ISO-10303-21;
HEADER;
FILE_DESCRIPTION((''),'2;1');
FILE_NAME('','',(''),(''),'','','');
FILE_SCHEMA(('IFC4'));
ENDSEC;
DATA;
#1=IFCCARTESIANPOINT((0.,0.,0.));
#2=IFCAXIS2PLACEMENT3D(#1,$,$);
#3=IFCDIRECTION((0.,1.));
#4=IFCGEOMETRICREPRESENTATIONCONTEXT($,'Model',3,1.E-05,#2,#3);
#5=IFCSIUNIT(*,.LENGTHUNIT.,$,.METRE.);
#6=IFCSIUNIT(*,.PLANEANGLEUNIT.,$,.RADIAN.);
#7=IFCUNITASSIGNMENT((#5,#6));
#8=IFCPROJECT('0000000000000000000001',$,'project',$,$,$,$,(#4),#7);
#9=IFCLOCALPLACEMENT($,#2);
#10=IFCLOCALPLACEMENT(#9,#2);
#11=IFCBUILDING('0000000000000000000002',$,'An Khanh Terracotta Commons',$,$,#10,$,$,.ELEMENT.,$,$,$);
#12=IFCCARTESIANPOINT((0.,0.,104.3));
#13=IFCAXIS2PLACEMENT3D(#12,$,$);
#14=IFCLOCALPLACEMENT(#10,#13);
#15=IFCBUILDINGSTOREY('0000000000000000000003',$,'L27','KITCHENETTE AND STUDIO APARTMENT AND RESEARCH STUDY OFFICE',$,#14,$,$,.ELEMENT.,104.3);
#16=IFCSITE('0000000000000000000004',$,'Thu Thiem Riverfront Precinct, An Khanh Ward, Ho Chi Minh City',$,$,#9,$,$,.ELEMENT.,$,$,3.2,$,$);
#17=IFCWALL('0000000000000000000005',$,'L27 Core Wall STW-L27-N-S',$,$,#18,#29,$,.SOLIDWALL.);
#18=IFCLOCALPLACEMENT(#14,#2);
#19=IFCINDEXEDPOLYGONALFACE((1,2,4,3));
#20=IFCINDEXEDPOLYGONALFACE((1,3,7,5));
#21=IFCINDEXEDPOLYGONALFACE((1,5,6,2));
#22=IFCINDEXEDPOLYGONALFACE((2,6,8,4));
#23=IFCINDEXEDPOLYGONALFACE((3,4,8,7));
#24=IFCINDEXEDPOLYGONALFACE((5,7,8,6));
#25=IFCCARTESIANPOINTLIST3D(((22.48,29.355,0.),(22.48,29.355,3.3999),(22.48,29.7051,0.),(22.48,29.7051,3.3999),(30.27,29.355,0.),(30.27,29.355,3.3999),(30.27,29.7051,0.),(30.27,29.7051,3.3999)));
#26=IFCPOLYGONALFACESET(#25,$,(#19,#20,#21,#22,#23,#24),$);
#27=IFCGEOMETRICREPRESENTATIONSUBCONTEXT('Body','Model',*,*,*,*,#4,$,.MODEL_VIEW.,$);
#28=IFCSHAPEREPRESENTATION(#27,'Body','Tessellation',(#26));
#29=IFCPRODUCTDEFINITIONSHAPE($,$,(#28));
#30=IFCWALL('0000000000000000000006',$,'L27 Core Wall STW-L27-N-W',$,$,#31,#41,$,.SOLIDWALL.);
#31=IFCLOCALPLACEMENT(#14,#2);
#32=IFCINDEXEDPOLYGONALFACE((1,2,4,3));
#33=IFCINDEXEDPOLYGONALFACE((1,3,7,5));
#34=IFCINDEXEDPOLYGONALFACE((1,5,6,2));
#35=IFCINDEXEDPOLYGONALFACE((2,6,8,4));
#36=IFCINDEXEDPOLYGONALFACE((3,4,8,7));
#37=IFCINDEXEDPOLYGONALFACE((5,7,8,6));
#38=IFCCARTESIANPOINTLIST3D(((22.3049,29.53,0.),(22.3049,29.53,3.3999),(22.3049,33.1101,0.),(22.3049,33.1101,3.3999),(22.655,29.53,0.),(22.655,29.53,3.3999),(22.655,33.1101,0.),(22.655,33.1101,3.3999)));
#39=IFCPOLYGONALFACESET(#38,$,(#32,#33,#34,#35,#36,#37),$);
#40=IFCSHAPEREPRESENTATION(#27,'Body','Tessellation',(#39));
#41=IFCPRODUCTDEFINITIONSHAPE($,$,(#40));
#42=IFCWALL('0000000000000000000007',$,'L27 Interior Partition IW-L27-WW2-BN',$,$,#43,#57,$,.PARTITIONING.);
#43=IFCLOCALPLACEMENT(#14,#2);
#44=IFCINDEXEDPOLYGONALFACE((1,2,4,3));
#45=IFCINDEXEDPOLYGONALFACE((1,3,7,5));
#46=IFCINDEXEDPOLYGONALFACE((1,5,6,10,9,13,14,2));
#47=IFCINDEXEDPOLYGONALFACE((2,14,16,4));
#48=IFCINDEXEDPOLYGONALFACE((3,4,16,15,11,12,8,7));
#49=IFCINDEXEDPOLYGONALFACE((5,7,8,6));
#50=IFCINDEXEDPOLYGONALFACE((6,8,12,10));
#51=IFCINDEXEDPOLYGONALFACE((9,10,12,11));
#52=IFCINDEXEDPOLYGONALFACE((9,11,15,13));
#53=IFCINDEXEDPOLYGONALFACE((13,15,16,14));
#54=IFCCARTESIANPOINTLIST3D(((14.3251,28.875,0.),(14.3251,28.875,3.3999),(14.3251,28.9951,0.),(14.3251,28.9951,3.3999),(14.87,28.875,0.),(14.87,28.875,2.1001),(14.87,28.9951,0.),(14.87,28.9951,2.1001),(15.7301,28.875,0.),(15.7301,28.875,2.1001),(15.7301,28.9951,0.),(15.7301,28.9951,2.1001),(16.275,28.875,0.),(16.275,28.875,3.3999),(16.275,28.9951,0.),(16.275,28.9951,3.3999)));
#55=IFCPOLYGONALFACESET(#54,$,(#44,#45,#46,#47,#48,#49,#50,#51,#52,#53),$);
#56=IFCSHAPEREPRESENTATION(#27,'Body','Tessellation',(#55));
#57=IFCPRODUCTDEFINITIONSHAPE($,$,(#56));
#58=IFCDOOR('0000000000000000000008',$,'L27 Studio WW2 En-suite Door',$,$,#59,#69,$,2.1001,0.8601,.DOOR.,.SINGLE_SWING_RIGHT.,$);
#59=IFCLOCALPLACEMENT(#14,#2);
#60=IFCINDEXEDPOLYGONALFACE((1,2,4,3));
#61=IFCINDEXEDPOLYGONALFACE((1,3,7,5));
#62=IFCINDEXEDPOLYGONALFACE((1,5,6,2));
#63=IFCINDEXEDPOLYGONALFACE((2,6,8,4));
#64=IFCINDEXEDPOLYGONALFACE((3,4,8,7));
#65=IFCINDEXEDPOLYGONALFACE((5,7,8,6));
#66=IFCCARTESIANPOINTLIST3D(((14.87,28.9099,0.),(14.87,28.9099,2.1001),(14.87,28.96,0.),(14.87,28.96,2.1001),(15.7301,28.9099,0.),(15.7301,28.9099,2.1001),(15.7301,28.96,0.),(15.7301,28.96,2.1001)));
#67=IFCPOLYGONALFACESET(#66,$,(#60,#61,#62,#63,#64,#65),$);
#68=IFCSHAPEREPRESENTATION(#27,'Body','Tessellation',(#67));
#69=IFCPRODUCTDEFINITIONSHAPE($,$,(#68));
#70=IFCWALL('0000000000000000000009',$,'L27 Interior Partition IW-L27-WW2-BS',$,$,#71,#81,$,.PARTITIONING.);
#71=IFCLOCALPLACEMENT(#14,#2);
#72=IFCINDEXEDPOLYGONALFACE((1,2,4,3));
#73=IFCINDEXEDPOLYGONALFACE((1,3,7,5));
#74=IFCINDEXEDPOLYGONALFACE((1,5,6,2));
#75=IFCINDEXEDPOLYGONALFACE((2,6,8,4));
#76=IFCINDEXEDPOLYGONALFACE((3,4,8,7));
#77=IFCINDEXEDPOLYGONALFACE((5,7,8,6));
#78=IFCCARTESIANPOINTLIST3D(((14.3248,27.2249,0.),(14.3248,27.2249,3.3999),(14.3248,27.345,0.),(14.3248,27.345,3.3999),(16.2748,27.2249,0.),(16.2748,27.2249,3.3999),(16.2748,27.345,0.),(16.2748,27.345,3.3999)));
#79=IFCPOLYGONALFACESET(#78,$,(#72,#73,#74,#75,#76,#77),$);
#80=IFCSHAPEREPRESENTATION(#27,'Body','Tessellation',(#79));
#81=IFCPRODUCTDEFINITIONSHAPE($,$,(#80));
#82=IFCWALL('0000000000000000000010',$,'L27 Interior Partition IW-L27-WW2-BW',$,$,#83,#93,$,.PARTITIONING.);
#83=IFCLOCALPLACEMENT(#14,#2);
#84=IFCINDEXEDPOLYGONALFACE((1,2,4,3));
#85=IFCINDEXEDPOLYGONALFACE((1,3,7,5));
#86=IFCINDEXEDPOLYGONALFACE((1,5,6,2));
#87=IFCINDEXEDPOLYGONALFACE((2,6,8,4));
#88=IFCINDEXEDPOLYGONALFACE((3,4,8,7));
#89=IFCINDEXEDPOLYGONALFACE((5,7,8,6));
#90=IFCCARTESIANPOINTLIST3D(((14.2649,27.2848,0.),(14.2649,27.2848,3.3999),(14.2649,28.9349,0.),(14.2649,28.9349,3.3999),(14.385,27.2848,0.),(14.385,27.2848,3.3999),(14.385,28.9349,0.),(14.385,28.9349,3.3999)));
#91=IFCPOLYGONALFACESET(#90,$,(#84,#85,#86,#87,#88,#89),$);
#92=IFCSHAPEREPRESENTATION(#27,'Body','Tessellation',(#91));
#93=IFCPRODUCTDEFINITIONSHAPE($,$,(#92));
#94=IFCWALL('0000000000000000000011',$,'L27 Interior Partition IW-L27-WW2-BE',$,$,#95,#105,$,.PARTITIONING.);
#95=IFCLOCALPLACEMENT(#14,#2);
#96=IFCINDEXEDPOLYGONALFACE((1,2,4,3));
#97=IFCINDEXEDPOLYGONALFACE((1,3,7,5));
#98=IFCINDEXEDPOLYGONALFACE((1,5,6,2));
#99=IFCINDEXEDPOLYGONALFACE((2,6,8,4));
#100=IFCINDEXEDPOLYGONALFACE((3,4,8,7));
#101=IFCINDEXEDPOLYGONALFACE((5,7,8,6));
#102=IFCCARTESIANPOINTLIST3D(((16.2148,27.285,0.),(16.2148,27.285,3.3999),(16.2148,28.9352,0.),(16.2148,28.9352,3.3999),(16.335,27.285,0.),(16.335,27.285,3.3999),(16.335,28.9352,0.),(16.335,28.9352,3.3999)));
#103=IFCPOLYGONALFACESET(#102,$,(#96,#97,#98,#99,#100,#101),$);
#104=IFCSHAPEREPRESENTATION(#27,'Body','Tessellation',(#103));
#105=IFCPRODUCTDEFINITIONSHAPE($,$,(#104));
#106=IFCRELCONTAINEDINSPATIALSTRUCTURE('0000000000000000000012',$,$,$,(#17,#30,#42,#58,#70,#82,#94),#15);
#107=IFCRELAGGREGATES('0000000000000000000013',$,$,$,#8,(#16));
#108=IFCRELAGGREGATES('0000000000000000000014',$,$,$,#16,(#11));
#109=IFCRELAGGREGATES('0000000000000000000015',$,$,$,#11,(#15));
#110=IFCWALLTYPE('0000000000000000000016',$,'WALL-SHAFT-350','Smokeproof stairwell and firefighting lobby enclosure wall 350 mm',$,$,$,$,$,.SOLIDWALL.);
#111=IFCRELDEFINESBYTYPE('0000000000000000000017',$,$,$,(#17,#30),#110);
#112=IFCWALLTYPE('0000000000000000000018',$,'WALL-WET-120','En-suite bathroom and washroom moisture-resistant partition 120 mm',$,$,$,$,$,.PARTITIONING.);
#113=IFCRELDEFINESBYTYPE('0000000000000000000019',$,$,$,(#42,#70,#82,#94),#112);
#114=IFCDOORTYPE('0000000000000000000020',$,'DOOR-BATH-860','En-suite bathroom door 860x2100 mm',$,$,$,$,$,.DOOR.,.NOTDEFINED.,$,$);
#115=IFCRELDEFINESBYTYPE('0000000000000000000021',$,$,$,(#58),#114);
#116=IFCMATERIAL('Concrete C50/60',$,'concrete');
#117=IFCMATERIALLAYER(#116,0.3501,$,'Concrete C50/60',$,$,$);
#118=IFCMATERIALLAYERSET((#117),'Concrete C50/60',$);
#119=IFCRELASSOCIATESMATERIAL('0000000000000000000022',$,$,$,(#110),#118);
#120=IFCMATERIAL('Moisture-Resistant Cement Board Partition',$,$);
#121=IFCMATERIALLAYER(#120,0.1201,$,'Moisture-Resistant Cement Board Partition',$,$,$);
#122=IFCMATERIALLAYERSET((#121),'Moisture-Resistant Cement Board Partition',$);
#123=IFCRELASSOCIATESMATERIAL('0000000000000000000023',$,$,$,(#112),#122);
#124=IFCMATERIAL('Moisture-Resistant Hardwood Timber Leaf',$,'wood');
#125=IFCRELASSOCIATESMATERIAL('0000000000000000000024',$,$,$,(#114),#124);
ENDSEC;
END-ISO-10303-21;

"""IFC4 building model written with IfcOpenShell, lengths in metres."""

from ifc_helpers import new_model, si_unit, direction, frame, frame_2d, origin, place, context, subcontext, project, spatial, rectangle, extrude, material, layer, layer_set, type_object, element, fill, save


model = new_model("IFC4")

# Units and contexts
model_context = context("Model", 3, precision=1e-05, world=origin(), true_north=direction((0.0, 1.0)))
body_context = subcontext(model_context, "Body", "Model", "MODEL_VIEW")
ifc_project = project(units=[si_unit("LENGTHUNIT", "METRE"), si_unit("PLANEANGLEUNIT", "RADIAN")], contexts=[model_context])

# Site, building, storey
site_placement = place(None, origin())
site = spatial("IfcSite", under=ifc_project, at=site_placement, Name="Thu Thiem Riverfront Precinct, An Khanh Ward, Ho Chi Minh City", CompositionType="ELEMENT", RefElevation=3.2)
building_placement = place(site_placement, origin())
building = spatial("IfcBuilding", under=site, at=building_placement, Name="An Khanh Terracotta Commons", CompositionType="ELEMENT")
storey_placement = place(building_placement, frame((0.0, 0.0, 104.3)))
storey = spatial("IfcBuildingStorey", under=building, at=storey_placement, Name="L27", Description="KITCHENETTE AND STUDIO APARTMENT AND RESEARCH STUDY OFFICE", CompositionType="ELEMENT", Elevation=104.3)

# Walls
ifc_material_1 = material(Name="Concrete C50/60", Category="concrete")
ifc_layer_1 = layer(ifc_material_1, 0.3501, Name="Concrete C50/60")
ifc_layer_set_1 = layer_set([ifc_layer_1], Name="Concrete C50/60")
wall_type_1 = type_object("IfcWallType", Name="WALL-SHAFT-350", Description="Smokeproof stairwell and firefighting lobby enclosure wall 350 mm", PredefinedType="SOLIDWALL", material=ifc_layer_set_1)
wall_1_placement = place(storey_placement, frame((22.48, 29.53, 0.0), z_axis=(0.0, 0.0, 1.0), x_axis=(1.0, 0.0, 0.0)))
element("IfcWall", 1, at=wall_1_placement, inside=storey, type_object=wall_type_1, Name="L27 Core Wall STW-L27-N-S", PredefinedType="SOLIDWALL", context=body_context, shape_type="SweptSolid", body=[
    extrude(rectangle(XDim=7.79, YDim=0.3501, at=frame_2d((3.895, 0.0))), origin(), (0.0, 0.0, 1.0), 3.3999),
])
wall_2_placement = place(storey_placement, frame((22.48, 29.53, 0.0), z_axis=(0.0, 0.0, 1.0), x_axis=(0.0, 1.0, 0.0)))
element("IfcWall", 2, at=wall_2_placement, inside=storey, type_object=wall_type_1, Name="L27 Core Wall STW-L27-N-W", PredefinedType="SOLIDWALL", context=body_context, shape_type="SweptSolid", body=[
    extrude(rectangle(XDim=3.5801, YDim=0.3501, at=frame_2d((1.79, 0.0))), origin(), (0.0, 0.0, 1.0), 3.3999),
])

# Wall, opening, door
ifc_material_2 = material(Name="Moisture-Resistant Cement Board Partition")
ifc_layer_2 = layer(ifc_material_2, 0.1201, Name="Moisture-Resistant Cement Board Partition")
ifc_layer_set_2 = layer_set([ifc_layer_2], Name="Moisture-Resistant Cement Board Partition")
wall_type_2 = type_object("IfcWallType", Name="WALL-WET-120", Description="En-suite bathroom and washroom moisture-resistant partition 120 mm", PredefinedType="PARTITIONING", material=ifc_layer_set_2)
wall_3_placement = place(storey_placement, frame((14.325, 28.9351, 0.0), z_axis=(0.0, 0.0, 1.0), x_axis=(1.0, 0.0, 0.0)))
wall_3 = element("IfcWall", 3, at=wall_3_placement, inside=storey, type_object=wall_type_2, Name="L27 Interior Partition IW-L27-WW2-BN", PredefinedType="PARTITIONING", context=body_context, shape_type="SweptSolid", body=[
    extrude(rectangle(XDim=1.95, YDim=0.1201, at=frame_2d((0.9751, 0.0))), origin(), (0.0, 0.0, 1.0), 3.3999),
])
opening_1_placement = place(wall_3_placement, frame((0.5449, 0.0, 0.0)))
opening_1 = element("IfcOpeningElement", 4, at=opening_1_placement, cuts=wall_3, PredefinedType="OPENING", context=body_context, shape_type="SweptSolid", body=[
    extrude(rectangle(XDim=0.8601, YDim=2.1001, at=frame_2d((0.4302, 1.05))), frame((0.0, 0.0701, 0.0), z_axis=(0.0, -1.0, 0.0), x_axis=(1.0, 0.0, 0.0)), (0.0, 0.0, 1.0), 0.1401),
])
ifc_material_3 = material(Name="Moisture-Resistant Hardwood Timber Leaf", Category="wood")
door_type_1 = type_object("IfcDoorType", Name="DOOR-BATH-860", Description="En-suite bathroom door 860x2100 mm", OperationType="NOTDEFINED", PredefinedType="DOOR", material=ifc_material_3)
door_1_placement = place(opening_1_placement, origin())
door_1 = element("IfcDoor", 5, at=door_1_placement, inside=storey, type_object=door_type_1, Name="L27 Studio WW2 En-suite Door", OperationType="SINGLE_SWING_RIGHT", OverallHeight=2.1001, OverallWidth=0.8601, PredefinedType="DOOR", context=body_context, shape_type="SweptSolid", body=[
    extrude(rectangle(XDim=0.8601, YDim=2.1001, at=frame_2d((0.4302, 1.05))), frame((0.0, 0.0249, 0.0), z_axis=(0.0, -1.0, 0.0), x_axis=(1.0, 0.0, 0.0)), (0.0, 0.0, 1.0), 0.05),
])
fill(opening_1, door_1)

# Walls
wall_4_placement = place(storey_placement, frame((16.2749, 27.2849, 0.0), z_axis=(0.0, 0.0, 1.0), x_axis=(-1.0, 0.0, 0.0)))
element("IfcWall", 6, at=wall_4_placement, inside=storey, type_object=wall_type_2, Name="L27 Interior Partition IW-L27-WW2-BS", PredefinedType="PARTITIONING", context=body_context, shape_type="SweptSolid", body=[
    extrude(rectangle(XDim=1.95, YDim=0.1201, at=frame_2d((0.9751, 0.0))), origin(), (0.0, 0.0, 1.0), 3.3999),
])
for number, where, z_axis, x_axis, name in (
    (7, (14.325, 28.9351, 0.0), (0.0, 0.0, 1.0), (0.0, -1.0, 0.0), "L27 Interior Partition IW-L27-WW2-BW"),
    (8, (16.2749, 27.2849, 0.0), (0.0, 0.0, 1.0), (0.0, 1.0, 0.0), "L27 Interior Partition IW-L27-WW2-BE"),
):
    element("IfcWall", number, at=place(storey_placement, frame(where, z_axis=z_axis, x_axis=x_axis)), inside=storey, type_object=wall_type_2, Name=name, PredefinedType="PARTITIONING", context=body_context, shape_type="SweptSolid", body=[
        extrude(rectangle(XDim=1.6501, YDim=0.1201, at=frame_2d((0.8252, 0.0))), origin(), (0.0, 0.0, 1.0), 3.3999),
    ])

save(model, "model.ifc")
